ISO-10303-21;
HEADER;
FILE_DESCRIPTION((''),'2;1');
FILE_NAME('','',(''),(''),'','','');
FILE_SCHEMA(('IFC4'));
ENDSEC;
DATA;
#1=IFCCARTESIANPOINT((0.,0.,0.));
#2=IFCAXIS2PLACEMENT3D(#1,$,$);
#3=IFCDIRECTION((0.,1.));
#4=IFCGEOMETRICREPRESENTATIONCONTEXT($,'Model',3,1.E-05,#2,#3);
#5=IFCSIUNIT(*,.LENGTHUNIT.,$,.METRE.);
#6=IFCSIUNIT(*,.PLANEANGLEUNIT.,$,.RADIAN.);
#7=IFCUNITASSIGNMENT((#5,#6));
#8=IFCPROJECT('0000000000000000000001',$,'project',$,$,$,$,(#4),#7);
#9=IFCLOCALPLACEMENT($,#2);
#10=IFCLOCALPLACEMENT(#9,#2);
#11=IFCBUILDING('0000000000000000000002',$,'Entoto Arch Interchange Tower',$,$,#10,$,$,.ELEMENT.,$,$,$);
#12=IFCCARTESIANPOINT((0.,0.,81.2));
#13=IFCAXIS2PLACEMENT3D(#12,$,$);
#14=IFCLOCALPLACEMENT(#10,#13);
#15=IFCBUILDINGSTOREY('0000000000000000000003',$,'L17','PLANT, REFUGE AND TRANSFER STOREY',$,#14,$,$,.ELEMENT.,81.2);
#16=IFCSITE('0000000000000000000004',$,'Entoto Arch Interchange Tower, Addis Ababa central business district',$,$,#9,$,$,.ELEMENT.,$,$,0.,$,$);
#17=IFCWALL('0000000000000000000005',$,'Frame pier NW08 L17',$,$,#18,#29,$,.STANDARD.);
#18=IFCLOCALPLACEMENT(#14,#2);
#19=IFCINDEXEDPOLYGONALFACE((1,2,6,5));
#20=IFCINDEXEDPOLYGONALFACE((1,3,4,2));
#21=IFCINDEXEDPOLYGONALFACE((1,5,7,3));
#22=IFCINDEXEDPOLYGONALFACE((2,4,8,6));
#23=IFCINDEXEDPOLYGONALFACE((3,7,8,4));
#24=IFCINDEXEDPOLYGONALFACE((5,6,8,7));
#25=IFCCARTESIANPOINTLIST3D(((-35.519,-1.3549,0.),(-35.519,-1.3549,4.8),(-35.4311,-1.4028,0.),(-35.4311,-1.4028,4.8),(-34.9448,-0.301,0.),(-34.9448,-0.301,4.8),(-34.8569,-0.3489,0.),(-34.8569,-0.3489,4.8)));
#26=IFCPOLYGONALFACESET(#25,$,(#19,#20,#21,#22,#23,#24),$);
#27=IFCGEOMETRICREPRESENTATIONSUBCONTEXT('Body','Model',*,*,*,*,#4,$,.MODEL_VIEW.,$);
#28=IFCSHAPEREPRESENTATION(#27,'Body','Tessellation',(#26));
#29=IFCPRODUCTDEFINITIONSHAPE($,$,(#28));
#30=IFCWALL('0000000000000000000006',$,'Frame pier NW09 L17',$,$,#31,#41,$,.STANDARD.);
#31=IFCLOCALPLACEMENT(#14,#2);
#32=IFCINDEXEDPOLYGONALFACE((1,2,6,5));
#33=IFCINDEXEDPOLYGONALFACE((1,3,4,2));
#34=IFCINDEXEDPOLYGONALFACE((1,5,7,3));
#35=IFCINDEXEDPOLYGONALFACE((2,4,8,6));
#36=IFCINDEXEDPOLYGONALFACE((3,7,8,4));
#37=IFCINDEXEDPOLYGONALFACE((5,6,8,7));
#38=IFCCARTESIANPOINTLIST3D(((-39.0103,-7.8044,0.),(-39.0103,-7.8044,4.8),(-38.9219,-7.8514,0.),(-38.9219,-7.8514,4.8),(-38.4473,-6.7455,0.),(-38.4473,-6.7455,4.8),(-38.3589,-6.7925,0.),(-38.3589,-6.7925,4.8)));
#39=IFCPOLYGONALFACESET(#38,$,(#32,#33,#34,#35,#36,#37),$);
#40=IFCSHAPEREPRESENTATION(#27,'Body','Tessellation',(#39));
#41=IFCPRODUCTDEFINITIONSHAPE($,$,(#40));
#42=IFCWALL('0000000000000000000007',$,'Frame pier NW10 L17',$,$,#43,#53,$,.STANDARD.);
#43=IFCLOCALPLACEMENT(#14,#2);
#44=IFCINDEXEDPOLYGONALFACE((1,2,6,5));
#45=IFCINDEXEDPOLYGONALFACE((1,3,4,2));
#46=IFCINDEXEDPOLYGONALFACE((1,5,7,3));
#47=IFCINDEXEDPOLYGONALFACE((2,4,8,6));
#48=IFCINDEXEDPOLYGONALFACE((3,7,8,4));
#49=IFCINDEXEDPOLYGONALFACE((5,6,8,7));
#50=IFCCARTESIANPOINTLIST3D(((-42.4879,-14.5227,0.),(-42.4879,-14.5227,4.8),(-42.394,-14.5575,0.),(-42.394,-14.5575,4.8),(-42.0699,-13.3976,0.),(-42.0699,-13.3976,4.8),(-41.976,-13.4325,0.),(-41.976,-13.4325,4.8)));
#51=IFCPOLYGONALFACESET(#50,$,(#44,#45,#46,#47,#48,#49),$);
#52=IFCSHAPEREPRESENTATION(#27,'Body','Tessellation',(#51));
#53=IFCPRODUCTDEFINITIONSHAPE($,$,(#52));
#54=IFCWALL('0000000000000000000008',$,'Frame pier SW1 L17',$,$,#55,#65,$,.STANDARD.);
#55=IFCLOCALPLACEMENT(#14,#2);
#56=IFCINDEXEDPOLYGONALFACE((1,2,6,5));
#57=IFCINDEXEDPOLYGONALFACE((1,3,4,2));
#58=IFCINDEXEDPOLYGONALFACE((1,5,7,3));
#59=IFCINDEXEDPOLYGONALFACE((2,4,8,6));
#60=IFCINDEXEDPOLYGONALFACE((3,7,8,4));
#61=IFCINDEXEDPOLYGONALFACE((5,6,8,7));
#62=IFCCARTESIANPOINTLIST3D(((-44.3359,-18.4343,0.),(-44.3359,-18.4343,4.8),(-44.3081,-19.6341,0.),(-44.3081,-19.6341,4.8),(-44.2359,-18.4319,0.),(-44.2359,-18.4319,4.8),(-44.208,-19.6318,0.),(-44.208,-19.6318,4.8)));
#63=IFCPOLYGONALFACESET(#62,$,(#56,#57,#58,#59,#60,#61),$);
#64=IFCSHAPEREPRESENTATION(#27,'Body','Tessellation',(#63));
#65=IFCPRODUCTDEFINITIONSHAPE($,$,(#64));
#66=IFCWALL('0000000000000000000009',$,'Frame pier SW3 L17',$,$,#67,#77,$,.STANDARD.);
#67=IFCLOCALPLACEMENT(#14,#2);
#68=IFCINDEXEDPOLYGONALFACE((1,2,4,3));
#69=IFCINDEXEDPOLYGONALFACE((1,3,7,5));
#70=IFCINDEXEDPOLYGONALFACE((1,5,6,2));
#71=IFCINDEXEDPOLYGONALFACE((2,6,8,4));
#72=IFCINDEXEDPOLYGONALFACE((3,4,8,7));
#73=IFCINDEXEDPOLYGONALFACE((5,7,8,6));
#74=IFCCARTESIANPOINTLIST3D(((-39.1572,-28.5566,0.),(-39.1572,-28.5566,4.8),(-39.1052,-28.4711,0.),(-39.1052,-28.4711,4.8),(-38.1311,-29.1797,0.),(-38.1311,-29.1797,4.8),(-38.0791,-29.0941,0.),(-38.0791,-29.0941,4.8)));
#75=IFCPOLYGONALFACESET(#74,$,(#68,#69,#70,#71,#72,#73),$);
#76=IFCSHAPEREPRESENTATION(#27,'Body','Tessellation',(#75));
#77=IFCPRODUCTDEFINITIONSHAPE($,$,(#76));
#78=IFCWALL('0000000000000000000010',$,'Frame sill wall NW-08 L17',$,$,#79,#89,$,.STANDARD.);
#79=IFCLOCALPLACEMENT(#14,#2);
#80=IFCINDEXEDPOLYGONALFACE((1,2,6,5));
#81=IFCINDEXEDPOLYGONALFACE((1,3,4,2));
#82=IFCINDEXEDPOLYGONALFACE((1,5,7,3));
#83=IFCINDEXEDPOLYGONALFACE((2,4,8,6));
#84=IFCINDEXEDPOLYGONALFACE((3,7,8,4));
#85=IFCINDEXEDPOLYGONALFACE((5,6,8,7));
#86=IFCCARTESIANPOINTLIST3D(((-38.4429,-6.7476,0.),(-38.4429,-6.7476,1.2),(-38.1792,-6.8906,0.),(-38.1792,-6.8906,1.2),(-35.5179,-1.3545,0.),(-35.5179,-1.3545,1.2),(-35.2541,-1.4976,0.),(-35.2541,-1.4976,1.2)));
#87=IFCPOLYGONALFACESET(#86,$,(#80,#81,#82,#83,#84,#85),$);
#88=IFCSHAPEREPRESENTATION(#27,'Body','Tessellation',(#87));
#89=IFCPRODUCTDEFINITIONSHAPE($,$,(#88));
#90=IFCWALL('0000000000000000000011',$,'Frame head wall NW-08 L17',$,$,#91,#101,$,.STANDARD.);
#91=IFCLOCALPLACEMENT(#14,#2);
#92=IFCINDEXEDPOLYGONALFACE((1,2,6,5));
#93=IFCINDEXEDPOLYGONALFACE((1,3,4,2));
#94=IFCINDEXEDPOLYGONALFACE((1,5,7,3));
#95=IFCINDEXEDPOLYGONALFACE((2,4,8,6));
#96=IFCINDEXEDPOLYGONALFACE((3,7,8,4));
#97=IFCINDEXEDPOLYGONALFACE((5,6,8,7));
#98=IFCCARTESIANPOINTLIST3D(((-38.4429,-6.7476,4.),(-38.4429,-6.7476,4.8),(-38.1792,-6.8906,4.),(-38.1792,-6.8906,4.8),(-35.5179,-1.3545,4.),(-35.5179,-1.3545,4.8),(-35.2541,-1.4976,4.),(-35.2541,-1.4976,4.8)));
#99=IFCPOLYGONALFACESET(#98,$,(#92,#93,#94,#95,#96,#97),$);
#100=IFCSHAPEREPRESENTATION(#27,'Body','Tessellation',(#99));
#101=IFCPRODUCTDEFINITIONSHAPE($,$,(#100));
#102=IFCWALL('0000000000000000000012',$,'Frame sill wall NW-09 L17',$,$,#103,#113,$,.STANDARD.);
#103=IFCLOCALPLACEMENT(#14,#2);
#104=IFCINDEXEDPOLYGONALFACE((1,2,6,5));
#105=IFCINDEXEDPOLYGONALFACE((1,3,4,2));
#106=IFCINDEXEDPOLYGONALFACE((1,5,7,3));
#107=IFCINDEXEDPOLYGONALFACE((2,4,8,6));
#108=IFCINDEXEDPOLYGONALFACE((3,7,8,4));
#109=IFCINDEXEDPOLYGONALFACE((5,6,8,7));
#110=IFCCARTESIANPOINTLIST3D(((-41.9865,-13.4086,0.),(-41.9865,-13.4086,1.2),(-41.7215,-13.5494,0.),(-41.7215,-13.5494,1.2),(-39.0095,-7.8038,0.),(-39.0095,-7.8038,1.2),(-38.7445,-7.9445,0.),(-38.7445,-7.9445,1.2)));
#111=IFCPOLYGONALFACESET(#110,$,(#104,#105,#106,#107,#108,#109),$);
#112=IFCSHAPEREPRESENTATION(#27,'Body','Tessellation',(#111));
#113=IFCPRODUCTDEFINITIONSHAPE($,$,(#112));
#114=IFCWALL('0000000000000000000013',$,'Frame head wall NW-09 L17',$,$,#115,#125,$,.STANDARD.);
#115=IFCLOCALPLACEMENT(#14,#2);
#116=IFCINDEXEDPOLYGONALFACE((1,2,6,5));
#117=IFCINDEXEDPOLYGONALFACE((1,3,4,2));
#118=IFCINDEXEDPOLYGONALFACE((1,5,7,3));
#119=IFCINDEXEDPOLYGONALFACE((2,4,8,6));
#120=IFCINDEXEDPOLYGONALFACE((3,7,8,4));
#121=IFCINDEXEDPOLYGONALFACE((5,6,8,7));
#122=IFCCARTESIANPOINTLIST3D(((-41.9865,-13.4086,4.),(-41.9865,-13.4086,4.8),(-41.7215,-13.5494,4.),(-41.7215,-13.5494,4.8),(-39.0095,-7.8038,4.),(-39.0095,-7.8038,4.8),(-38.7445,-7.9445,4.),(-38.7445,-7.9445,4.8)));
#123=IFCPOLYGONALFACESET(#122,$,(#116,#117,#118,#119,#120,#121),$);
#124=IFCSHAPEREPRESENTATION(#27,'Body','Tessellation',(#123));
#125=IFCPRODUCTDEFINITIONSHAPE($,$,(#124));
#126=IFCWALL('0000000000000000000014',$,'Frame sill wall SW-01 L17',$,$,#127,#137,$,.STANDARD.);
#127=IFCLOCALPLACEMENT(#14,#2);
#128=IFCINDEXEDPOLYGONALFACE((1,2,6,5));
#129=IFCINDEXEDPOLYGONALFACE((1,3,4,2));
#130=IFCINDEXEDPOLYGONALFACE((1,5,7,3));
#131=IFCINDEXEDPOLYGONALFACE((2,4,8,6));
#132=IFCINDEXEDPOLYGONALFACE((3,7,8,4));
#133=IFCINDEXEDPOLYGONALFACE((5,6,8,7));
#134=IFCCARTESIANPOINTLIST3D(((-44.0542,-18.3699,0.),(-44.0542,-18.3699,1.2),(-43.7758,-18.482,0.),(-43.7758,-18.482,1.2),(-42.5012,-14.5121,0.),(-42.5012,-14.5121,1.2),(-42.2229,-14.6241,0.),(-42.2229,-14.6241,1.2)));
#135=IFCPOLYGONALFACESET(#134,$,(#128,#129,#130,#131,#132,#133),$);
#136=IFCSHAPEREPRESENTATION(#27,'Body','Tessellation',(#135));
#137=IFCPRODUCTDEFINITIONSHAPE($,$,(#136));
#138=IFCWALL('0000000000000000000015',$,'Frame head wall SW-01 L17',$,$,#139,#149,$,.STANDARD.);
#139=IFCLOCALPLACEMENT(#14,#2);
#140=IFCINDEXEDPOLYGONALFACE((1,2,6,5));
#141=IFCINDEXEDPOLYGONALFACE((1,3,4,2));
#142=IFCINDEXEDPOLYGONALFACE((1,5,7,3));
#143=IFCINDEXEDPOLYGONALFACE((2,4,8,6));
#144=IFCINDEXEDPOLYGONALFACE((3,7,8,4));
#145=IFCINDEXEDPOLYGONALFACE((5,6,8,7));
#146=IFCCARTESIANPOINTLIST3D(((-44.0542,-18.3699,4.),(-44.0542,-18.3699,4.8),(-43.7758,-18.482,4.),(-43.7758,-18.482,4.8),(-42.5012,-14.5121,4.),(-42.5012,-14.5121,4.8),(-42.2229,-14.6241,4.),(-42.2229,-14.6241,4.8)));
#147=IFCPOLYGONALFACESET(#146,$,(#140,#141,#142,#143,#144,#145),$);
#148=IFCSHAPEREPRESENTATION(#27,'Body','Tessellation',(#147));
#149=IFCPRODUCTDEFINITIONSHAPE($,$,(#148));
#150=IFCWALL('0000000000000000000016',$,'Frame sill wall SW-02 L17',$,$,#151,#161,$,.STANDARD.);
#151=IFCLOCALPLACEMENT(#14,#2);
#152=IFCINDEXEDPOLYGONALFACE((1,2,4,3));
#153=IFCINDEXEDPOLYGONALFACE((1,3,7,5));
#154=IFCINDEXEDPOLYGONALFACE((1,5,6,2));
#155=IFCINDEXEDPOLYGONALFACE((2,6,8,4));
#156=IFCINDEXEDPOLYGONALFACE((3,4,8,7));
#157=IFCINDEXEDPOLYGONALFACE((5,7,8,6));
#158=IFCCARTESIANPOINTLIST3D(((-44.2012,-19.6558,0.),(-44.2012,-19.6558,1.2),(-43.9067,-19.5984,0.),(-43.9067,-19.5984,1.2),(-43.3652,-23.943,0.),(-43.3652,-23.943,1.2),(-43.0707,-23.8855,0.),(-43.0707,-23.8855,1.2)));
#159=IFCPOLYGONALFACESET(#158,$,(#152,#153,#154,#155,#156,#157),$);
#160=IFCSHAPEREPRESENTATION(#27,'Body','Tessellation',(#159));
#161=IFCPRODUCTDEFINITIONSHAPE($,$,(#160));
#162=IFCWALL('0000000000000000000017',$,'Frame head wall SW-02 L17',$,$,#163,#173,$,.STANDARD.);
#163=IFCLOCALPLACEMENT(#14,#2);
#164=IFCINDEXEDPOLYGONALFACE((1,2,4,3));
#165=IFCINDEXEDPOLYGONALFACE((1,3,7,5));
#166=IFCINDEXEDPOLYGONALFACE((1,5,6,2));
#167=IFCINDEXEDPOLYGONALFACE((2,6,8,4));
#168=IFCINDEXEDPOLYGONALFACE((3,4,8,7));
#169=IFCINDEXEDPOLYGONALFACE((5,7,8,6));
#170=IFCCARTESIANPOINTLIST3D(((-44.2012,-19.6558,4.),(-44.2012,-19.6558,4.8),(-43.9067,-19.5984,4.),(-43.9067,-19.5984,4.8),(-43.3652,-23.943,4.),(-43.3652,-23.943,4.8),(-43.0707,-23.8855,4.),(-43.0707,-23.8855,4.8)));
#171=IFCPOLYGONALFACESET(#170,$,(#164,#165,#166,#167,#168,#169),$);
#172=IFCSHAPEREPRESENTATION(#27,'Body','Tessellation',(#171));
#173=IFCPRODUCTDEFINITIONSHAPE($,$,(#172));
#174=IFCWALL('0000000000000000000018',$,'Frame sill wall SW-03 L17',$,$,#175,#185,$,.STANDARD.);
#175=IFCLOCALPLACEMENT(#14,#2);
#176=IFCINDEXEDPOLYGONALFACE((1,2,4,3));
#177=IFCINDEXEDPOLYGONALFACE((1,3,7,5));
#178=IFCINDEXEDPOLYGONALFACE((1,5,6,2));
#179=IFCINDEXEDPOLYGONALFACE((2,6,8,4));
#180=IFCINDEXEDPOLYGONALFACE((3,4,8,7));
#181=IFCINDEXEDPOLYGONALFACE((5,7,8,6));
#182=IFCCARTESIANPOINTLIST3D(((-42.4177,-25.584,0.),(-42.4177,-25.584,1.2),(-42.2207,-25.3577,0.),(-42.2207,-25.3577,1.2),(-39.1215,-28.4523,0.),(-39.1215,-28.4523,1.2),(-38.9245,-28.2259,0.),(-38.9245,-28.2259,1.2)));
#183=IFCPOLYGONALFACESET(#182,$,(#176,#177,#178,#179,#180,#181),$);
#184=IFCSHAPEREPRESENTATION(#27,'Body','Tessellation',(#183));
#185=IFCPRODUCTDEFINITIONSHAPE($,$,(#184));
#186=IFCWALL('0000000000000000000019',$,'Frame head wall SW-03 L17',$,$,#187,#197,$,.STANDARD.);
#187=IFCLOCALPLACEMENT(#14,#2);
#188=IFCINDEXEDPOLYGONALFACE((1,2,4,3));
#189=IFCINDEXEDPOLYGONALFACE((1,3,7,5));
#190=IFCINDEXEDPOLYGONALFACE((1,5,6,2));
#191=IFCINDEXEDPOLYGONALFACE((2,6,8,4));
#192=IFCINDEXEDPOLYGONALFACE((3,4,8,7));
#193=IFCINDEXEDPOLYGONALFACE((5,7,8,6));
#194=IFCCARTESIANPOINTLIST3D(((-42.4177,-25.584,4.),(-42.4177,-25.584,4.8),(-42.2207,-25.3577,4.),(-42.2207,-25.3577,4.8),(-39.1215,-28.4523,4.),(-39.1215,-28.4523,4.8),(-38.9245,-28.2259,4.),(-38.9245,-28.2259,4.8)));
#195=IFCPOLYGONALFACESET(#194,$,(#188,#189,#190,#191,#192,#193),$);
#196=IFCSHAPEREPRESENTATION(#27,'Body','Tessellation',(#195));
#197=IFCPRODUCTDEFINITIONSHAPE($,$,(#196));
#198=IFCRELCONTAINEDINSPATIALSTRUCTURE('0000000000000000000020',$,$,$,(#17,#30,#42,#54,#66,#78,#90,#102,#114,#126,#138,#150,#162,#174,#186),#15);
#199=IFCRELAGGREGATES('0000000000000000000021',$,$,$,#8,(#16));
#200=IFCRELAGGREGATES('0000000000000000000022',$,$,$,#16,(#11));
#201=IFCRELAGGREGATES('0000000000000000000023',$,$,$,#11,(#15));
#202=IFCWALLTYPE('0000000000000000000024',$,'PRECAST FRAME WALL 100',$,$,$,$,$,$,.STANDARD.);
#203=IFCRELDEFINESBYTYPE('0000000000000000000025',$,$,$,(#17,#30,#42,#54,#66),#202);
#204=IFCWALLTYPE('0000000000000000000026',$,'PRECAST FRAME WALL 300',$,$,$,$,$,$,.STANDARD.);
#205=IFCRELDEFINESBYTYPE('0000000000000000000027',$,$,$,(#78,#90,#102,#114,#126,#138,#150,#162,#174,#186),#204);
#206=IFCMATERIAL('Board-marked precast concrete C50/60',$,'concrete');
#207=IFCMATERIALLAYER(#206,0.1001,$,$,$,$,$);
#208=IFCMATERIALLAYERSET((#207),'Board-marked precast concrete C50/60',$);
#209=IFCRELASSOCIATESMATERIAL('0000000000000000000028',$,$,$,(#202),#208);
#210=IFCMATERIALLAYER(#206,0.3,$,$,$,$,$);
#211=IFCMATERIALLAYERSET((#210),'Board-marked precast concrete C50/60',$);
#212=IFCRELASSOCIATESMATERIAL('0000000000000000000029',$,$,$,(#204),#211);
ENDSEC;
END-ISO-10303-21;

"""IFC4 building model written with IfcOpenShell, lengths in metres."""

from ifc_helpers import new_model, si_unit, direction, frame, frame_2d, origin, place, context, subcontext, project, spatial, rectangle, extrude, material, layer, layer_set, type_object, element, save


model = new_model("IFC4")

# Units and contexts
model_context = context("Model", 3, precision=1e-05, world=origin(), true_north=direction((0.0, 1.0)))
body_context = subcontext(model_context, "Body", "Model", "MODEL_VIEW")
ifc_project = project(units=[si_unit("LENGTHUNIT", "METRE"), si_unit("PLANEANGLEUNIT", "RADIAN")], contexts=[model_context])

# Site, building, storey
site_placement = place(None, origin())
site = spatial("IfcSite", under=ifc_project, at=site_placement, Name="Entoto Arch Interchange Tower, Addis Ababa central business district", CompositionType="ELEMENT", RefElevation=0.0)
building_placement = place(site_placement, origin())
building = spatial("IfcBuilding", under=site, at=building_placement, Name="Entoto Arch Interchange Tower", CompositionType="ELEMENT")
storey_placement = place(building_placement, frame((0.0, 0.0, 81.2)))
storey = spatial("IfcBuildingStorey", under=building, at=storey_placement, Name="L17", Description="PLANT, REFUGE AND TRANSFER STOREY", CompositionType="ELEMENT", Elevation=81.2)

# Walls
ifc_material_1 = material(Name="Board-marked precast concrete C50/60", Category="concrete")
ifc_layer_1 = layer(ifc_material_1, 0.1001)
ifc_layer_set_1 = layer_set([ifc_layer_1], Name="Board-marked precast concrete C50/60")
wall_type_1 = type_object("IfcWallType", Name="PRECAST FRAME WALL 100", PredefinedType="STANDARD", material=ifc_layer_set_1)
wall_1_placement = place(storey_placement, frame((-34.9009, -0.325, 0.0), z_axis=(0.0, 0.0, 1.0), x_axis=(-0.478425, -0.878129, 0.0)))
element("IfcWall", 1, at=wall_1_placement, inside=storey, type_object=wall_type_1, Name="Frame pier NW08 L17", PredefinedType="STANDARD", context=body_context, shape_type="SweptSolid", body=[
    extrude(rectangle(XDim=1.2002, YDim=0.1001, at=frame_2d((0.6001, 0.0))), origin(), (0.0, 0.0, 1.0), 4.8),
])
wall_2_placement = place(storey_placement, frame((-38.4031, -6.769, 0.0), z_axis=(0.0, 0.0, 1.0), x_axis=(-0.469468, -0.88295, 0.0)))
element("IfcWall", 2, at=wall_2_placement, inside=storey, type_object=wall_type_1, Name="Frame pier NW09 L17", PredefinedType="STANDARD", context=body_context, shape_type="SweptSolid", body=[
    extrude(rectangle(XDim=1.1992, YDim=0.1001, at=frame_2d((0.5996, 0.0))), origin(), (0.0, 0.0, 1.0), 4.8),
])
for number, where, z_axis, x_axis, name in (
    (3, (-42.0229, -13.415, 0.0), (0.0, 0.0, 1.0), (-0.348268, -0.937395, 0.0), "Frame pier NW10 L17"),
    (4, (-44.2859, -18.4331, 0.0), (0.0, 0.0, 1.0), (0.023188, -0.999731, 0.0), "Frame pier SW1 L17"),
):
    element("IfcWall", number, at=place(storey_placement, frame(where, z_axis=z_axis, x_axis=x_axis)), inside=storey, type_object=wall_type_1, Name=name, PredefinedType="STANDARD", context=body_context, shape_type="SweptSolid", body=[
        extrude(rectangle(XDim=1.2002, YDim=0.1001, at=frame_2d((0.6001, 0.0))), origin(), (0.0, 0.0, 1.0), 4.8),
    ])
wall_3_placement = place(storey_placement, frame((-39.1311, -28.5139, 0.0), z_axis=(0.0, 0.0, 1.0), x_axis=(0.854771, -0.519005, 0.0)))
element("IfcWall", 5, at=wall_3_placement, inside=storey, type_object=wall_type_1, Name="Frame pier SW3 L17", PredefinedType="STANDARD", context=body_context, shape_type="SweptSolid", body=[
    extrude(rectangle(XDim=1.2004, YDim=0.1001, at=frame_2d((0.6001, 0.0))), origin(), (0.0, 0.0, 1.0), 4.8),
])
ifc_layer_2 = layer(ifc_material_1, 0.3)
ifc_layer_set_2 = layer_set([ifc_layer_2], Name="Board-marked precast concrete C50/60")
wall_type_2 = type_object("IfcWallType", Name="PRECAST FRAME WALL 300", PredefinedType="STANDARD", material=ifc_layer_set_2)
wall_4_placement = place(storey_placement, frame((-35.386, -1.426, 0.0), z_axis=(0.0, 0.0, 1.0), x_axis=(-0.476763, -0.879032, 0.0)))
element("IfcWall", 6, at=wall_4_placement, inside=storey, type_object=wall_type_2, Name="Frame sill wall NW-08 L17", PredefinedType="STANDARD", context=body_context, shape_type="SweptSolid", body=[
    extrude(rectangle(XDim=6.1353, YDim=0.3, at=frame_2d((3.0676, 0.0))), origin(), (0.0, 0.0, 1.0), 1.2),
])
wall_5_placement = place(storey_placement, frame((-35.386, -1.426, 4.0), z_axis=(0.0, 0.0, 1.0), x_axis=(-0.476763, -0.879032, 0.0)))
element("IfcWall", 7, at=wall_5_placement, inside=storey, type_object=wall_type_2, Name="Frame head wall NW-08 L17", PredefinedType="STANDARD", context=body_context, shape_type="SweptSolid", body=[
    extrude(rectangle(XDim=6.1353, YDim=0.3, at=frame_2d((3.0676, 0.0))), origin(), (0.0, 0.0, 1.0), 0.8),
])
wall_6_placement = place(storey_placement, frame((-38.877, -7.874, 0.0), z_axis=(0.0, 0.0, 1.0), x_axis=(-0.469082, -0.883155, 0.0)))
element("IfcWall", 8, at=wall_6_placement, inside=storey, type_object=wall_type_2, Name="Frame sill wall NW-09 L17", PredefinedType="STANDARD", context=body_context, shape_type="SweptSolid", body=[
    extrude(rectangle(XDim=6.3464, YDim=0.3, at=frame_2d((3.1733, 0.0))), origin(), (0.0, 0.0, 1.0), 1.2),
])
wall_7_placement = place(storey_placement, frame((-38.877, -7.874, 4.0), z_axis=(0.0, 0.0, 1.0), x_axis=(-0.469082, -0.883155, 0.0)))
element("IfcWall", 9, at=wall_7_placement, inside=storey, type_object=wall_type_2, Name="Frame head wall NW-09 L17", PredefinedType="STANDARD", context=body_context, shape_type="SweptSolid", body=[
    extrude(rectangle(XDim=6.3464, YDim=0.3, at=frame_2d((3.1733, 0.0))), origin(), (0.0, 0.0, 1.0), 0.8),
])
wall_8_placement = place(storey_placement, frame((-42.3621, -14.5681, 0.0), z_axis=(0.0, 0.0, 1.0), x_axis=(-0.373424, -0.927661, 0.0)))
element("IfcWall", 10, at=wall_8_placement, inside=storey, type_object=wall_type_2, Name="Frame sill wall SW-01 L17", PredefinedType="STANDARD", context=body_context, shape_type="SweptSolid", body=[
    extrude(rectangle(XDim=4.1587, YDim=0.3, at=frame_2d((2.0793, 0.0))), origin(), (0.0, 0.0, 1.0), 1.2),
])
wall_9_placement = place(storey_placement, frame((-42.3621, -14.5681, 4.0), z_axis=(0.0, 0.0, 1.0), x_axis=(-0.373424, -0.927661, 0.0)))
element("IfcWall", 11, at=wall_9_placement, inside=storey, type_object=wall_type_2, Name="Frame head wall SW-01 L17", PredefinedType="STANDARD", context=body_context, shape_type="SweptSolid", body=[
    extrude(rectangle(XDim=4.1587, YDim=0.3, at=frame_2d((2.0793, 0.0))), origin(), (0.0, 0.0, 1.0), 0.8),
])
wall_10_placement = place(storey_placement, frame((-44.054, -19.627, 0.0), z_axis=(0.0, 0.0, 1.0), x_axis=(0.191384, -0.981515, 0.0)))
element("IfcWall", 12, at=wall_10_placement, inside=storey, type_object=wall_type_2, Name="Frame sill wall SW-02 L17", PredefinedType="STANDARD", context=body_context, shape_type="SweptSolid", body=[
    extrude(rectangle(XDim=4.3679, YDim=0.3, at=frame_2d((2.1841, 0.0))), origin(), (0.0, 0.0, 1.0), 1.2),
])
wall_11_placement = place(storey_placement, frame((-44.054, -19.627, 4.0), z_axis=(0.0, 0.0, 1.0), x_axis=(0.191384, -0.981515, 0.0)))
element("IfcWall", 13, at=wall_11_placement, inside=storey, type_object=wall_type_2, Name="Frame head wall SW-02 L17", PredefinedType="STANDARD", context=body_context, shape_type="SweptSolid", body=[
    extrude(rectangle(XDim=4.3679, YDim=0.3, at=frame_2d((2.1841, 0.0))), origin(), (0.0, 0.0, 1.0), 0.8),
])
wall_12_placement = place(storey_placement, frame((-42.3191, -25.4709, 0.0), z_axis=(0.0, 0.0, 1.0), x_axis=(0.754384, -0.656433, 0.0)))
element("IfcWall", 14, at=wall_12_placement, inside=storey, type_object=wall_type_2, Name="Frame sill wall SW-03 L17", PredefinedType="STANDARD", context=body_context, shape_type="SweptSolid", body=[
    extrude(rectangle(XDim=4.3694, YDim=0.3, at=frame_2d((2.1846, 0.0))), origin(), (0.0, 0.0, 1.0), 1.2),
])
wall_13_placement = place(storey_placement, frame((-42.3191, -25.4709, 4.0), z_axis=(0.0, 0.0, 1.0), x_axis=(0.754384, -0.656433, 0.0)))
element("IfcWall", 15, at=wall_13_placement, inside=storey, type_object=wall_type_2, Name="Frame head wall SW-03 L17", PredefinedType="STANDARD", context=body_context, shape_type="SweptSolid", body=[
    extrude(rectangle(XDim=4.3694, YDim=0.3, at=frame_2d((2.1846, 0.0))), origin(), (0.0, 0.0, 1.0), 0.8),
])

save(model, "model.ifc")
